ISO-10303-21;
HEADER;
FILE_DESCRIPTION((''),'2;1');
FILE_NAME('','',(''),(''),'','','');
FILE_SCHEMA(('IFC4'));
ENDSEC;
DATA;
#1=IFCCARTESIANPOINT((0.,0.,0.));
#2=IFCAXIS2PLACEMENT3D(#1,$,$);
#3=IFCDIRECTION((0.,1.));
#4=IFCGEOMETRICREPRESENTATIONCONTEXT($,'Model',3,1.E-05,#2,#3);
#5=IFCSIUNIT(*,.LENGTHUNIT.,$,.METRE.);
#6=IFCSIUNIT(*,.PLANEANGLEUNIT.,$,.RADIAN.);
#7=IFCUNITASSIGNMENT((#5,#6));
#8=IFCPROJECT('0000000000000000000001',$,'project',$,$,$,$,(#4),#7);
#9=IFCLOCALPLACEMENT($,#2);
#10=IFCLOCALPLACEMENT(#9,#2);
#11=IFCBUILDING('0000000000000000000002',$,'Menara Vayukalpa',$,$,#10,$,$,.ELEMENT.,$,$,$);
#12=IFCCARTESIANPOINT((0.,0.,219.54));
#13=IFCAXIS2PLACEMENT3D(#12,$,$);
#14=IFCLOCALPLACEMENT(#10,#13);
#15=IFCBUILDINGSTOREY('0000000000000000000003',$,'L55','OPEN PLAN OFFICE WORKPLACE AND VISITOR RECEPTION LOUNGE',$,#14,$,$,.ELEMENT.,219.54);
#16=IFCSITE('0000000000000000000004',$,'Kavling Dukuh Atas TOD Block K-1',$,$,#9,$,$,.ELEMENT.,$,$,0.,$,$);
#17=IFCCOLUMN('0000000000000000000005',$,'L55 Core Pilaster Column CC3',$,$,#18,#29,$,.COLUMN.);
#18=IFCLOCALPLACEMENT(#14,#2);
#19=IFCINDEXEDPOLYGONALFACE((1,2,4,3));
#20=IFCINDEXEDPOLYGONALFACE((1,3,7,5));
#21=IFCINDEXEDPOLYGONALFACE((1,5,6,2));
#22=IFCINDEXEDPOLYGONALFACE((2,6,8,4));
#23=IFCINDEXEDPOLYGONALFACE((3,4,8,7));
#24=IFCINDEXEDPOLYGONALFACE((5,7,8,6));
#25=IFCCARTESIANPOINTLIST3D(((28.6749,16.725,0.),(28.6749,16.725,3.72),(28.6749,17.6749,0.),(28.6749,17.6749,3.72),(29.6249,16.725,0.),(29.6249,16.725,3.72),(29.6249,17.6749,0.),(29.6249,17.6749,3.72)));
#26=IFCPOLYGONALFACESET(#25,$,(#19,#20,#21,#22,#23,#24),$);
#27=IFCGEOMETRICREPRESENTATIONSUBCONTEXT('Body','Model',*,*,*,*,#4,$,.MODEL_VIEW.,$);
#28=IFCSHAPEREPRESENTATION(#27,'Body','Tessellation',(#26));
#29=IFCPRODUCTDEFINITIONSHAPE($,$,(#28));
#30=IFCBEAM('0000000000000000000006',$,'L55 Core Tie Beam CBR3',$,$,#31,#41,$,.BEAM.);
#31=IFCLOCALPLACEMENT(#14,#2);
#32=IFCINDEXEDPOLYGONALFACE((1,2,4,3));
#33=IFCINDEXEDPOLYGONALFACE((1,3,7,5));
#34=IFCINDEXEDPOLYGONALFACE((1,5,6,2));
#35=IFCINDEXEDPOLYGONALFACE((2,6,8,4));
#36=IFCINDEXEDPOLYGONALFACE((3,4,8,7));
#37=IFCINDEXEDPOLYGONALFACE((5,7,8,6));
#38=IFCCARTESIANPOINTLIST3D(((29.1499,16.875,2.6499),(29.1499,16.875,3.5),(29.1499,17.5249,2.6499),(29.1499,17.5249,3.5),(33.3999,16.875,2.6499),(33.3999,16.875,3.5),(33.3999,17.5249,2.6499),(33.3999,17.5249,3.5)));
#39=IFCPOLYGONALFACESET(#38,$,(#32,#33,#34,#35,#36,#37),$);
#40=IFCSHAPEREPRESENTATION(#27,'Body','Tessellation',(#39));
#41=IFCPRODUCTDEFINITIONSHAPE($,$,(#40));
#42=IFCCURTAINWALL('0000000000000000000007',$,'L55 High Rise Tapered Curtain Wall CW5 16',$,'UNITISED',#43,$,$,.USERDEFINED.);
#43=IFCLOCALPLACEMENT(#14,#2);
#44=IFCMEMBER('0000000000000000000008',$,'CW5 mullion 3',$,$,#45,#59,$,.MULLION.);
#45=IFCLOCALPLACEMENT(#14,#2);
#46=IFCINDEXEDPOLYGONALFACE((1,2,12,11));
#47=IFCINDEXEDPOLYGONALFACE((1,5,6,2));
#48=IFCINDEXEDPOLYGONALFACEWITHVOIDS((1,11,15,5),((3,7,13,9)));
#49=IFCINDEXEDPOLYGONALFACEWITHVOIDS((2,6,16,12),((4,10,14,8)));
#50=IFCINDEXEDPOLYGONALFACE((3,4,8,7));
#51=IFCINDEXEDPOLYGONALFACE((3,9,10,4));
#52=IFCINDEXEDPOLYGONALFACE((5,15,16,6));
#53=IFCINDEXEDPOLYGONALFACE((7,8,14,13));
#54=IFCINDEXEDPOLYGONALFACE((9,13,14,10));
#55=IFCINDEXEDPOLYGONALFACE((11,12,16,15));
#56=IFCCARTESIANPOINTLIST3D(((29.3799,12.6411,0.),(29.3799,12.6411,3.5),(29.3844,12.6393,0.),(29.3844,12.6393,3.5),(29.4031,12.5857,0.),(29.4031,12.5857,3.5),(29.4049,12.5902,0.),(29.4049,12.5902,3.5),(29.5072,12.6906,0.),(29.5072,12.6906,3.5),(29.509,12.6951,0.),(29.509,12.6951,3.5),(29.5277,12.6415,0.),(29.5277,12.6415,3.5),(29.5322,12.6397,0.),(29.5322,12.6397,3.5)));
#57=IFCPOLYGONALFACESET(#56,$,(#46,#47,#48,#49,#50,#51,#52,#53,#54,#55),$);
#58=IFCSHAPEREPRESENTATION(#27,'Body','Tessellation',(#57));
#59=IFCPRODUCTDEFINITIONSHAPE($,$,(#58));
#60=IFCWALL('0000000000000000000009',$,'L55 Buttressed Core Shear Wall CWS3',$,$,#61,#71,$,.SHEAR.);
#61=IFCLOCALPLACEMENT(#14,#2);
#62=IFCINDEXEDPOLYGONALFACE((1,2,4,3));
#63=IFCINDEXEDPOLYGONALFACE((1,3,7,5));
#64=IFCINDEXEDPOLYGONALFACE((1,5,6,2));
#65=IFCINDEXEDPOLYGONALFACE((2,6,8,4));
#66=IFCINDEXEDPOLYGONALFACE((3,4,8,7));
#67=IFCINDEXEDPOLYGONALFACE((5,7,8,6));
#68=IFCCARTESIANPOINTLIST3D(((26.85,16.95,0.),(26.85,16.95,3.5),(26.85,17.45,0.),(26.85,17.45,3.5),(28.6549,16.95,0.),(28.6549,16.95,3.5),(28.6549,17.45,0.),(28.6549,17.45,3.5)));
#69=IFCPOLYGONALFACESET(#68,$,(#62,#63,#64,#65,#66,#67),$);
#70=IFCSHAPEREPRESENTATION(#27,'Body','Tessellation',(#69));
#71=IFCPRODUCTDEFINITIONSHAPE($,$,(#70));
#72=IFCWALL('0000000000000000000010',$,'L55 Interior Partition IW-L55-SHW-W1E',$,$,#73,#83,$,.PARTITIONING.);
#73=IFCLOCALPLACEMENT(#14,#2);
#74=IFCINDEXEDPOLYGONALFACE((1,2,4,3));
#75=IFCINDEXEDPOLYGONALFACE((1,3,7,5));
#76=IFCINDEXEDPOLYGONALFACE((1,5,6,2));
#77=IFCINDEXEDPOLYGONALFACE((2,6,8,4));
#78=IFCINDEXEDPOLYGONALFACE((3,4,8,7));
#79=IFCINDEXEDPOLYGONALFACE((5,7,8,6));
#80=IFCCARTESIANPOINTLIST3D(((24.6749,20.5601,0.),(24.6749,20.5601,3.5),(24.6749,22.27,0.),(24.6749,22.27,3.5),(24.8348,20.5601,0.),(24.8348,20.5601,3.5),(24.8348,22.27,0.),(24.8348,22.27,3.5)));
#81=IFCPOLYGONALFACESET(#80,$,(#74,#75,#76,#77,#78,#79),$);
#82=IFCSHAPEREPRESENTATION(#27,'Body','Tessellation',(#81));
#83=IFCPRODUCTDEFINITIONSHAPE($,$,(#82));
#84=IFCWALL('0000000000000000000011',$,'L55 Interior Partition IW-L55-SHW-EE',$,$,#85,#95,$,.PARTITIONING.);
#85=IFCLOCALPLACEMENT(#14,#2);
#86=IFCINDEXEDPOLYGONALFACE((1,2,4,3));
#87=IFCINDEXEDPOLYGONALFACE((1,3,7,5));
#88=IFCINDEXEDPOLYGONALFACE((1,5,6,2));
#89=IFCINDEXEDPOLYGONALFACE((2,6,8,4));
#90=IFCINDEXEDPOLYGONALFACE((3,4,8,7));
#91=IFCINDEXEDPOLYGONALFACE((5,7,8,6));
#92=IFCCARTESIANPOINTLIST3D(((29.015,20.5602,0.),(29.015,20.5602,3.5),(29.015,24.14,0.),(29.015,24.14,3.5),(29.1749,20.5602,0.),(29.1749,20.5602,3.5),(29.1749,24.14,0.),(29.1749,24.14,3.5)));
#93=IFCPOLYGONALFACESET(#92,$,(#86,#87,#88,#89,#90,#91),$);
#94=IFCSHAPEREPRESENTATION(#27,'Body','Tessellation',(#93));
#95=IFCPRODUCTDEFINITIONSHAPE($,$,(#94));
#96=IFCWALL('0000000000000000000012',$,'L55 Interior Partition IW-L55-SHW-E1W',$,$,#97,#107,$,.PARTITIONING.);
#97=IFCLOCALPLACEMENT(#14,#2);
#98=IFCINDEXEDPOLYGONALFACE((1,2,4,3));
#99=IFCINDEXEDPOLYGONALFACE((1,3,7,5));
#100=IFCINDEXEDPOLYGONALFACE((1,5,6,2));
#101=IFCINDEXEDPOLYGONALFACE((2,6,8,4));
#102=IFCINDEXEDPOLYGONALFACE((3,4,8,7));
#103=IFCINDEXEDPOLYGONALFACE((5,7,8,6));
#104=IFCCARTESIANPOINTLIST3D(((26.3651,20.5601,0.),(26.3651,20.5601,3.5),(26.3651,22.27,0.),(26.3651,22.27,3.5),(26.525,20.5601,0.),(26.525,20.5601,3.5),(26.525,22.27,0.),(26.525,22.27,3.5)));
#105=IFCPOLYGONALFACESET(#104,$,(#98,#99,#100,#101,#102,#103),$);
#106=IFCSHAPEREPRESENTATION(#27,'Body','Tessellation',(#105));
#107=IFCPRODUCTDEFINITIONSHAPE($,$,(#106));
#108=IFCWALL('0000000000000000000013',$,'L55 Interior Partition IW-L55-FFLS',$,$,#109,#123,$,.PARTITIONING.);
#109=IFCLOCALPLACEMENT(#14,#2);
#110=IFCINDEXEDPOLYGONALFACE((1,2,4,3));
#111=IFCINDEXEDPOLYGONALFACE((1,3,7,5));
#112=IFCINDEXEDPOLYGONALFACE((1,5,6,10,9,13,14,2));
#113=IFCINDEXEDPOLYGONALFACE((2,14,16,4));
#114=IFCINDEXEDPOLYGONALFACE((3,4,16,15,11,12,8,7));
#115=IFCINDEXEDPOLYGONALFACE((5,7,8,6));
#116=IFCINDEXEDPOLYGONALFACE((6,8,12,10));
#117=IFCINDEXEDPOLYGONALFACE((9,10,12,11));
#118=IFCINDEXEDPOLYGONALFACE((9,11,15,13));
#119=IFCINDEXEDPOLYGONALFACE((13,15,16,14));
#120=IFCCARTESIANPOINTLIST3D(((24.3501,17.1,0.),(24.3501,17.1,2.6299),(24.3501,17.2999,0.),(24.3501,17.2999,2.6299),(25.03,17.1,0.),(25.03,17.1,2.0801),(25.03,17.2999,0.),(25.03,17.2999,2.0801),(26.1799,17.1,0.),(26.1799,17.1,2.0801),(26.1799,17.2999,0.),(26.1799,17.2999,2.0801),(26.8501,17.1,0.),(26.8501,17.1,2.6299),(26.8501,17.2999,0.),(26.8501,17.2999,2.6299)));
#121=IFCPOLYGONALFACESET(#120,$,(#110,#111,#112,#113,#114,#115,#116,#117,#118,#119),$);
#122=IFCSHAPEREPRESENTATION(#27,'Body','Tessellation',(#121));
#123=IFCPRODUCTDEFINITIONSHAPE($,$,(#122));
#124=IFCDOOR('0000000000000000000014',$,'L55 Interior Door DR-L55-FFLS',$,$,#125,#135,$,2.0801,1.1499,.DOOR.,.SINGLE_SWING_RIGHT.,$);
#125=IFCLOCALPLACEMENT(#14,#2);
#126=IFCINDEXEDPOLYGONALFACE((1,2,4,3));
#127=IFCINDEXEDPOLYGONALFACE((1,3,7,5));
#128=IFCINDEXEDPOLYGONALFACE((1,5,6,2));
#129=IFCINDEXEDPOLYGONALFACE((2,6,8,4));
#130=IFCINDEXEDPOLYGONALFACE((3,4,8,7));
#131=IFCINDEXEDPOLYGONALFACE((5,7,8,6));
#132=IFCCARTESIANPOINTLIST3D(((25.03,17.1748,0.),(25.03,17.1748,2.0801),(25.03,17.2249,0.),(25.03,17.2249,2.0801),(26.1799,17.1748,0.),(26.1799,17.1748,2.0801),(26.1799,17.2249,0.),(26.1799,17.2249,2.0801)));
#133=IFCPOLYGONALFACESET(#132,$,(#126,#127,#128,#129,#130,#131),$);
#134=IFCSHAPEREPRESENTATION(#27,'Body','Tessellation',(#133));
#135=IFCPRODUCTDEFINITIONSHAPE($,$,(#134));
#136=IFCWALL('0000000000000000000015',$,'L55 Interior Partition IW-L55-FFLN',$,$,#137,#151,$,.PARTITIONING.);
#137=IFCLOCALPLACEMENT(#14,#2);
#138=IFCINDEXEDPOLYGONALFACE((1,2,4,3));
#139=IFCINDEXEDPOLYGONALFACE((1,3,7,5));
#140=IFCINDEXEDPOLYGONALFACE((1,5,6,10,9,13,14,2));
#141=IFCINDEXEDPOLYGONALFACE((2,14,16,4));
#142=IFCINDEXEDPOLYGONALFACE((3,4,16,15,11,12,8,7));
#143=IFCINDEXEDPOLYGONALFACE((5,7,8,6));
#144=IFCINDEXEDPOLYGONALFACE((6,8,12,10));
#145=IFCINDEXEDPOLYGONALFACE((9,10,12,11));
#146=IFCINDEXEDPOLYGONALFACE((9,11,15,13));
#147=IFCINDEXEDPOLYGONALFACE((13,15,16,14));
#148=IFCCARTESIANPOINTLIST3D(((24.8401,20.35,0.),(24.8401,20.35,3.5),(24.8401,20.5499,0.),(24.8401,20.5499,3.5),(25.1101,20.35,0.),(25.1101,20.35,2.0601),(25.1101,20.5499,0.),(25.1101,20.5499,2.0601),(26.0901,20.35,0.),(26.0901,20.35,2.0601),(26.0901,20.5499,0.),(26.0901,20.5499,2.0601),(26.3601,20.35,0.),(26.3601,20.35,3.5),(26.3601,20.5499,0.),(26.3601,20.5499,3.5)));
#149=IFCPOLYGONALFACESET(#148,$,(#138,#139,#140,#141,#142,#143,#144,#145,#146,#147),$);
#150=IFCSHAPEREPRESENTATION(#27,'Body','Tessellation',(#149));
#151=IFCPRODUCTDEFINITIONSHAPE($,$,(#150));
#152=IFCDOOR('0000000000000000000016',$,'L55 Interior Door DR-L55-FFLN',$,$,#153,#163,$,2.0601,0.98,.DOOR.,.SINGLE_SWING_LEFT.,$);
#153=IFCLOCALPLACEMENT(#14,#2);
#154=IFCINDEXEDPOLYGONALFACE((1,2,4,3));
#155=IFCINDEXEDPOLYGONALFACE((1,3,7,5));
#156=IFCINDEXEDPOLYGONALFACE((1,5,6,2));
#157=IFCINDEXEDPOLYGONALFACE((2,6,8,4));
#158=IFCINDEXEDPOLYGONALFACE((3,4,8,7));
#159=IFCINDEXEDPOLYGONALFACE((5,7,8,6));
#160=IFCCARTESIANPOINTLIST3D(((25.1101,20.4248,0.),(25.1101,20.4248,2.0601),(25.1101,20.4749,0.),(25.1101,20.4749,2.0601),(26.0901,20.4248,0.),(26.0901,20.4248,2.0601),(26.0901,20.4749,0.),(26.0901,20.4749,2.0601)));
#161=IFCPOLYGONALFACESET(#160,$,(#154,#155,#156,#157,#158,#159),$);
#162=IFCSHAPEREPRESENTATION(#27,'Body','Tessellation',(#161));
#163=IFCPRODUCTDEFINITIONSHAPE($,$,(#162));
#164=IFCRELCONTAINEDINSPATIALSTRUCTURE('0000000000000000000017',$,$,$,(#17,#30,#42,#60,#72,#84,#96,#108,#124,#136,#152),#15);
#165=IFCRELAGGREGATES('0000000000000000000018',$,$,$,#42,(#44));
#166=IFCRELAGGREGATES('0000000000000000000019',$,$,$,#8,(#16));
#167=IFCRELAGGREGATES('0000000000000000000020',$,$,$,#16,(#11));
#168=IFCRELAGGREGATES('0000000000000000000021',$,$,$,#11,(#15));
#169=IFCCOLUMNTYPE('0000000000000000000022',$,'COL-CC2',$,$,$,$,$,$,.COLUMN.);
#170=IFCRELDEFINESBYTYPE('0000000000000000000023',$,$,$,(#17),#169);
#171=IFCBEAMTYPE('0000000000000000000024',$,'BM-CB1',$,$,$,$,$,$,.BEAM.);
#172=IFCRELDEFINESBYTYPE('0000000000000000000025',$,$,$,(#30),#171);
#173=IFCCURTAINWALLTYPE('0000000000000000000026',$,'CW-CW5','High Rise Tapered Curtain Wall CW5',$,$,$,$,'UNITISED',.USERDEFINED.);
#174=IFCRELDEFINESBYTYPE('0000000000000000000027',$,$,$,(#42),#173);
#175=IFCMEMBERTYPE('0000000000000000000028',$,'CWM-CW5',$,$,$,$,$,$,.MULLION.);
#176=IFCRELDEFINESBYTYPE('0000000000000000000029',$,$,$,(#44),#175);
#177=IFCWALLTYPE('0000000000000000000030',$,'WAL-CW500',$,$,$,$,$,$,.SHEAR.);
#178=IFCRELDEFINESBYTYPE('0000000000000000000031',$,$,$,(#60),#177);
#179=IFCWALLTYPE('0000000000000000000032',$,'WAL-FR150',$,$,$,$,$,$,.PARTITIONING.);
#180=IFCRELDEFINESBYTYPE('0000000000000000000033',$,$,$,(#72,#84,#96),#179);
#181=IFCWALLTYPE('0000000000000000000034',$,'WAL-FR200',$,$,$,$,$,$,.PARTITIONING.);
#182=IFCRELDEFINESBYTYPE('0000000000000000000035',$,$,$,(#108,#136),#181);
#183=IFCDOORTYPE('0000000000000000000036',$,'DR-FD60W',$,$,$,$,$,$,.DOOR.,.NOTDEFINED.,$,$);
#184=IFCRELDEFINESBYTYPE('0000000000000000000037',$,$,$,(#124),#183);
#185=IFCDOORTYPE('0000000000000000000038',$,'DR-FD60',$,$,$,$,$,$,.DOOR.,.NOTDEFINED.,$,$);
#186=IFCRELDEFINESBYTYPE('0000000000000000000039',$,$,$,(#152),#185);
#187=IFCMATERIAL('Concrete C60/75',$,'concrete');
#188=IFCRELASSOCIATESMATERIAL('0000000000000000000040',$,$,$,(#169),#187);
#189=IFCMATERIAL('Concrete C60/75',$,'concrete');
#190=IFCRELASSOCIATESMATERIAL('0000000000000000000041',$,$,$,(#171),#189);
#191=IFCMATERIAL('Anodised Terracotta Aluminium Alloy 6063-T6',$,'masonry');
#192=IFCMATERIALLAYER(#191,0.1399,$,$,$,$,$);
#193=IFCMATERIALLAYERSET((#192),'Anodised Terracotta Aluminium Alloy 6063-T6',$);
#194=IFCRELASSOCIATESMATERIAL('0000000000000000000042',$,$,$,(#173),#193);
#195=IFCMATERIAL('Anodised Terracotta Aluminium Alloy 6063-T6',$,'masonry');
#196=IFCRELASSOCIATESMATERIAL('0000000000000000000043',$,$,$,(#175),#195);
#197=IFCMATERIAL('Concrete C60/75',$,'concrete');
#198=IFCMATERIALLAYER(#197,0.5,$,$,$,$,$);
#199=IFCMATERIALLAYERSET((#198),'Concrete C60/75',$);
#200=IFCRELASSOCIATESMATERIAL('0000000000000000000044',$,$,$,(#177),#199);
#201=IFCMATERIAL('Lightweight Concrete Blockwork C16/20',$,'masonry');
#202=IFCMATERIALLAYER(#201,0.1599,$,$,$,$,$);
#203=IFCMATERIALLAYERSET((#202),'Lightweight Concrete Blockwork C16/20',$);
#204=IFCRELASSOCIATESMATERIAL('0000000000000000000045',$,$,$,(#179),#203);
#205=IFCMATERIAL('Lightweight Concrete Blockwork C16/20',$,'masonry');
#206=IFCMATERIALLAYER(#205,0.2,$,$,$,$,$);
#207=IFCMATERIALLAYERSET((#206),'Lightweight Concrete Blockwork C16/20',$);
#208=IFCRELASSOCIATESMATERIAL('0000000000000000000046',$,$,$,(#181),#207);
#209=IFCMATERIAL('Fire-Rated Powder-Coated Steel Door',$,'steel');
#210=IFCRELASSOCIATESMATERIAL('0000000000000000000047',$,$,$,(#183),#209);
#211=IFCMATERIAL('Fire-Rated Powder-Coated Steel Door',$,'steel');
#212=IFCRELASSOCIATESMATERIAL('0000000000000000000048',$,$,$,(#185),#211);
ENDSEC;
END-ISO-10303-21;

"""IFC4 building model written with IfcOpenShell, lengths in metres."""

from ifc_helpers import new_model, si_unit, direction, frame, frame_2d, origin, origin_2d, place, context, subcontext, project, spatial, rectangle, hollow_rectangle, extrude, material, layer, layer_set, material_profile, profile_set, type_object, element, fill, aggregate, save


model = new_model("IFC4")

# Units and contexts
model_context = context("Model", 3, precision=1e-05, world=origin(), true_north=direction((0.0, 1.0)))
body_context = subcontext(model_context, "Body", "Model", "MODEL_VIEW")
ifc_project = project(units=[si_unit("LENGTHUNIT", "METRE"), si_unit("PLANEANGLEUNIT", "RADIAN")], contexts=[model_context])

# Site, building, storey
site_placement = place(None, origin())
site = spatial("IfcSite", under=ifc_project, at=site_placement, Name="Kavling Dukuh Atas TOD Block K-1", CompositionType="ELEMENT", RefElevation=0.0)
building_placement = place(site_placement, origin())
building = spatial("IfcBuilding", under=site, at=building_placement, Name="Menara Vayukalpa", CompositionType="ELEMENT")
storey_placement = place(building_placement, frame((0.0, 0.0, 219.54)))
storey = spatial("IfcBuildingStorey", under=building, at=storey_placement, Name="L55", Description="OPEN PLAN OFFICE WORKPLACE AND VISITOR RECEPTION LOUNGE", CompositionType="ELEMENT", Elevation=219.54)

# Column
ifc_material_1 = material(Name="Concrete C60/75", Category="concrete")
ifc_material_profile_1 = material_profile(ifc_material_1, rectangle(XDim=0.95, YDim=0.95, at=origin_2d()), Name="RC 950x950")
ifc_profile_set_1 = profile_set([ifc_material_profile_1], Name="Concrete C60/75")
column_type = type_object("IfcColumnType", Name="COL-CC2", PredefinedType="COLUMN", material=ifc_profile_set_1)
column_placement = place(storey_placement, frame((29.1499, 17.2, 0.0), z_axis=(0.0, 0.0, 1.0), x_axis=(1.0, 0.0, 0.0)))
element("IfcColumn", 1, at=column_placement, inside=storey, type_object=column_type, Name="L55 Core Pilaster Column CC3", PredefinedType="COLUMN", context=body_context, shape_type="SweptSolid", body=[
    extrude(rectangle(XDim=0.95, YDim=0.95, at=origin_2d()), origin(), (0.0, 0.0, 1.0), 3.72),
])

# Beam
ifc_material_2 = material(Name="Concrete C60/75", Category="concrete")
ifc_material_profile_2 = material_profile(ifc_material_2, rectangle(XDim=0.6499, YDim=0.8501, at=origin_2d()), Name="RC 650x850")
ifc_profile_set_2 = profile_set([ifc_material_profile_2], Name="Concrete C60/75")
beam_type = type_object("IfcBeamType", Name="BM-CB1", PredefinedType="BEAM", material=ifc_profile_set_2)
beam_placement = place(storey_placement, frame((29.1499, 17.2, 3.075), z_axis=(1.0, 0.0, 0.0), x_axis=(0.0, 1.0, 0.0)))
element("IfcBeam", 2, at=beam_placement, inside=storey, type_object=beam_type, Name="L55 Core Tie Beam CBR3", PredefinedType="BEAM", context=body_context, shape_type="SweptSolid", body=[
    extrude(rectangle(XDim=0.6499, YDim=0.8501, at=origin_2d()), origin(), (0.0, 0.0, 1.0), 4.25),
])

# Curtain wall, member
ifc_material_3 = material(Name="Anodised Terracotta Aluminium Alloy 6063-T6", Category="masonry")
ifc_layer_1 = layer(ifc_material_3, 0.1399)
ifc_layer_set_1 = layer_set([ifc_layer_1], Name="Anodised Terracotta Aluminium Alloy 6063-T6")
curtain_wall_type = type_object("IfcCurtainWallType", Name="CW-CW5", Description="High Rise Tapered Curtain Wall CW5", ElementType="UNITISED", PredefinedType="USERDEFINED", material=ifc_layer_set_1)
curtain_wall_placement = place(storey_placement, origin())
curtain_wall = element("IfcCurtainWall", 3, at=curtain_wall_placement, inside=storey, type_object=curtain_wall_type, Name="L55 High Rise Tapered Curtain Wall CW5 16", ObjectType="UNITISED", PredefinedType="USERDEFINED")
ifc_material_4 = material(Name="Anodised Terracotta Aluminium Alloy 6063-T6", Category="masonry")
ifc_material_profile_3 = material_profile(ifc_material_4, hollow_rectangle(XDim=0.0601, YDim=0.1399, WallThickness=0.0034, at=origin_2d()), Name="ALU 60x140x3.5")
ifc_profile_set_3 = profile_set([ifc_material_profile_3], Name="Anodised Terracotta Aluminium Alloy 6063-T6")
member_type = type_object("IfcMemberType", Name="CWM-CW5", PredefinedType="MULLION", material=ifc_profile_set_3)
member_placement = place(storey_placement, frame((29.4561, 12.6404, 0.0), z_axis=(0.0, 0.0, 1.0), x_axis=(-0.385903, 0.922539, 0.0)))
member = element("IfcMember", 4, at=member_placement, type_object=member_type, Name="CW5 mullion 3", PredefinedType="MULLION", context=body_context, shape_type="SweptSolid", body=[
    extrude(hollow_rectangle(XDim=0.0601, YDim=0.1399, WallThickness=0.0034, at=origin_2d()), origin(), (0.0, 0.0, 1.0), 3.5),
])
aggregate(curtain_wall, [member])

# Walls
ifc_material_5 = material(Name="Concrete C60/75", Category="concrete")
ifc_layer_2 = layer(ifc_material_5, 0.5)
ifc_layer_set_2 = layer_set([ifc_layer_2], Name="Concrete C60/75")
wall_type_1 = type_object("IfcWallType", Name="WAL-CW500", PredefinedType="SHEAR", material=ifc_layer_set_2)
wall_1_placement = place(storey_placement, frame((26.8501, 17.2, 0.0), z_axis=(0.0, 0.0, 1.0), x_axis=(1.0, 0.0, 0.0)))
element("IfcWall", 5, at=wall_1_placement, inside=storey, type_object=wall_type_1, Name="L55 Buttressed Core Shear Wall CWS3", PredefinedType="SHEAR", context=body_context, shape_type="SweptSolid", body=[
    extrude(rectangle(XDim=1.8049, YDim=0.5, at=frame_2d((0.9023, 0.0))), origin(), (0.0, 0.0, 1.0), 3.5),
])
ifc_material_6 = material(Name="Lightweight Concrete Blockwork C16/20", Category="masonry")
ifc_layer_3 = layer(ifc_material_6, 0.1599)
ifc_layer_set_3 = layer_set([ifc_layer_3], Name="Lightweight Concrete Blockwork C16/20")
wall_type_2 = type_object("IfcWallType", Name="WAL-FR150", PredefinedType="PARTITIONING", material=ifc_layer_set_3)
wall_2_placement = place(storey_placement, frame((24.7549, 20.5601, 0.0), z_axis=(0.0, 0.0, 1.0), x_axis=(0.0, 1.0, 0.0)))
element("IfcWall", 6, at=wall_2_placement, inside=storey, type_object=wall_type_2, Name="L55 Interior Partition IW-L55-SHW-W1E", PredefinedType="PARTITIONING", context=body_context, shape_type="SweptSolid", body=[
    extrude(rectangle(XDim=1.71, YDim=0.1599, at=frame_2d((0.855, 0.0))), origin(), (0.0, 0.0, 1.0), 3.5),
])
wall_3_placement = place(storey_placement, frame((29.095, 20.5601, 0.0), z_axis=(0.0, 0.0, 1.0), x_axis=(0.0, 1.0, 0.0)))
element("IfcWall", 7, at=wall_3_placement, inside=storey, type_object=wall_type_2, Name="L55 Interior Partition IW-L55-SHW-EE", PredefinedType="PARTITIONING", context=body_context, shape_type="SweptSolid", body=[
    extrude(rectangle(XDim=3.5798, YDim=0.1599, at=frame_2d((1.79, 0.0))), origin(), (0.0, 0.0, 1.0), 3.5),
])
wall_4_placement = place(storey_placement, frame((26.4451, 20.5601, 0.0), z_axis=(0.0, 0.0, 1.0), x_axis=(0.0, 1.0, 0.0)))
element("IfcWall", 8, at=wall_4_placement, inside=storey, type_object=wall_type_2, Name="L55 Interior Partition IW-L55-SHW-E1W", PredefinedType="PARTITIONING", context=body_context, shape_type="SweptSolid", body=[
    extrude(rectangle(XDim=1.71, YDim=0.1599, at=frame_2d((0.855, 0.0))), origin(), (0.0, 0.0, 1.0), 3.5),
])

# Walls, openings, doors
ifc_material_7 = material(Name="Lightweight Concrete Blockwork C16/20", Category="masonry")
ifc_layer_4 = layer(ifc_material_7, 0.2)
ifc_layer_set_4 = layer_set([ifc_layer_4], Name="Lightweight Concrete Blockwork C16/20")
wall_type_3 = type_object("IfcWallType", Name="WAL-FR200", PredefinedType="PARTITIONING", material=ifc_layer_set_4)
wall_5_placement = place(storey_placement, frame((24.3501, 17.2, 0.0), z_axis=(0.0, 0.0, 1.0), x_axis=(1.0, 0.0, 0.0)))
wall_5 = element("IfcWall", 9, at=wall_5_placement, inside=storey, type_object=wall_type_3, Name="L55 Interior Partition IW-L55-FFLS", PredefinedType="PARTITIONING", context=body_context, shape_type="SweptSolid", body=[
    extrude(rectangle(XDim=2.5, YDim=0.2, at=frame_2d((1.25, 0.0))), origin(), (0.0, 0.0, 1.0), 2.6299),
])
opening_1_placement = place(wall_5_placement, frame((0.6799, 0.0, 0.0)))
opening_1 = element("IfcOpeningElement", 10, at=opening_1_placement, cuts=wall_5, PredefinedType="OPENING", context=body_context, shape_type="SweptSolid", body=[
    extrude(rectangle(XDim=1.1499, YDim=2.0801, at=frame_2d((0.575, 1.04))), frame((0.0, 0.1099, 0.0), z_axis=(0.0, -1.0, 0.0), x_axis=(1.0, 0.0, 0.0)), (0.0, 0.0, 1.0), 0.22),
])
ifc_material_8 = material(Name="Fire-Rated Powder-Coated Steel Door", Category="steel")
door_type_1 = type_object("IfcDoorType", Name="DR-FD60W", OperationType="NOTDEFINED", PredefinedType="DOOR", material=ifc_material_8)
door_1_placement = place(opening_1_placement, origin())
door_1 = element("IfcDoor", 11, at=door_1_placement, inside=storey, type_object=door_type_1, Name="L55 Interior Door DR-L55-FFLS", OperationType="SINGLE_SWING_RIGHT", OverallHeight=2.0801, OverallWidth=1.1499, PredefinedType="DOOR", context=body_context, shape_type="SweptSolid", body=[
    extrude(rectangle(XDim=1.1499, YDim=2.0801, at=frame_2d((0.575, 1.04))), frame((0.0, 0.0249, 0.0), z_axis=(0.0, -1.0, 0.0), x_axis=(1.0, 0.0, 0.0)), (0.0, 0.0, 1.0), 0.05),
])
fill(opening_1, door_1)
wall_6_placement = place(storey_placement, frame((24.8401, 20.45, 0.0), z_axis=(0.0, 0.0, 1.0), x_axis=(1.0, 0.0, 0.0)))
wall_6 = element("IfcWall", 12, at=wall_6_placement, inside=storey, type_object=wall_type_3, Name="L55 Interior Partition IW-L55-FFLN", PredefinedType="PARTITIONING", context=body_context, shape_type="SweptSolid", body=[
    extrude(rectangle(XDim=1.52, YDim=0.2, at=frame_2d((0.76, 0.0))), origin(), (0.0, 0.0, 1.0), 3.5),
])
opening_2_placement = place(wall_6_placement, frame((0.27, 0.0, 0.0)))
opening_2 = element("IfcOpeningElement", 13, at=opening_2_placement, cuts=wall_6, PredefinedType="OPENING", context=body_context, shape_type="SweptSolid", body=[
    extrude(rectangle(XDim=0.98, YDim=2.0601, at=frame_2d((0.49, 1.03))), frame((0.0, 0.1099, 0.0), z_axis=(0.0, -1.0, 0.0), x_axis=(1.0, 0.0, 0.0)), (0.0, 0.0, 1.0), 0.22),
])
ifc_material_9 = material(Name="Fire-Rated Powder-Coated Steel Door", Category="steel")
door_type_2 = type_object("IfcDoorType", Name="DR-FD60", OperationType="NOTDEFINED", PredefinedType="DOOR", material=ifc_material_9)
door_2_placement = place(opening_2_placement, origin())
door_2 = element("IfcDoor", 14, at=door_2_placement, inside=storey, type_object=door_type_2, Name="L55 Interior Door DR-L55-FFLN", OperationType="SINGLE_SWING_LEFT", OverallHeight=2.0601, OverallWidth=0.98, PredefinedType="DOOR", context=body_context, shape_type="SweptSolid", body=[
    extrude(rectangle(XDim=0.98, YDim=2.0601, at=frame_2d((0.49, 1.03))), frame((0.0, 0.0249, 0.0), z_axis=(0.0, -1.0, 0.0), x_axis=(1.0, 0.0, 0.0)), (0.0, 0.0, 1.0), 0.05),
])
fill(opening_2, door_2)

save(model, "model.ifc")
